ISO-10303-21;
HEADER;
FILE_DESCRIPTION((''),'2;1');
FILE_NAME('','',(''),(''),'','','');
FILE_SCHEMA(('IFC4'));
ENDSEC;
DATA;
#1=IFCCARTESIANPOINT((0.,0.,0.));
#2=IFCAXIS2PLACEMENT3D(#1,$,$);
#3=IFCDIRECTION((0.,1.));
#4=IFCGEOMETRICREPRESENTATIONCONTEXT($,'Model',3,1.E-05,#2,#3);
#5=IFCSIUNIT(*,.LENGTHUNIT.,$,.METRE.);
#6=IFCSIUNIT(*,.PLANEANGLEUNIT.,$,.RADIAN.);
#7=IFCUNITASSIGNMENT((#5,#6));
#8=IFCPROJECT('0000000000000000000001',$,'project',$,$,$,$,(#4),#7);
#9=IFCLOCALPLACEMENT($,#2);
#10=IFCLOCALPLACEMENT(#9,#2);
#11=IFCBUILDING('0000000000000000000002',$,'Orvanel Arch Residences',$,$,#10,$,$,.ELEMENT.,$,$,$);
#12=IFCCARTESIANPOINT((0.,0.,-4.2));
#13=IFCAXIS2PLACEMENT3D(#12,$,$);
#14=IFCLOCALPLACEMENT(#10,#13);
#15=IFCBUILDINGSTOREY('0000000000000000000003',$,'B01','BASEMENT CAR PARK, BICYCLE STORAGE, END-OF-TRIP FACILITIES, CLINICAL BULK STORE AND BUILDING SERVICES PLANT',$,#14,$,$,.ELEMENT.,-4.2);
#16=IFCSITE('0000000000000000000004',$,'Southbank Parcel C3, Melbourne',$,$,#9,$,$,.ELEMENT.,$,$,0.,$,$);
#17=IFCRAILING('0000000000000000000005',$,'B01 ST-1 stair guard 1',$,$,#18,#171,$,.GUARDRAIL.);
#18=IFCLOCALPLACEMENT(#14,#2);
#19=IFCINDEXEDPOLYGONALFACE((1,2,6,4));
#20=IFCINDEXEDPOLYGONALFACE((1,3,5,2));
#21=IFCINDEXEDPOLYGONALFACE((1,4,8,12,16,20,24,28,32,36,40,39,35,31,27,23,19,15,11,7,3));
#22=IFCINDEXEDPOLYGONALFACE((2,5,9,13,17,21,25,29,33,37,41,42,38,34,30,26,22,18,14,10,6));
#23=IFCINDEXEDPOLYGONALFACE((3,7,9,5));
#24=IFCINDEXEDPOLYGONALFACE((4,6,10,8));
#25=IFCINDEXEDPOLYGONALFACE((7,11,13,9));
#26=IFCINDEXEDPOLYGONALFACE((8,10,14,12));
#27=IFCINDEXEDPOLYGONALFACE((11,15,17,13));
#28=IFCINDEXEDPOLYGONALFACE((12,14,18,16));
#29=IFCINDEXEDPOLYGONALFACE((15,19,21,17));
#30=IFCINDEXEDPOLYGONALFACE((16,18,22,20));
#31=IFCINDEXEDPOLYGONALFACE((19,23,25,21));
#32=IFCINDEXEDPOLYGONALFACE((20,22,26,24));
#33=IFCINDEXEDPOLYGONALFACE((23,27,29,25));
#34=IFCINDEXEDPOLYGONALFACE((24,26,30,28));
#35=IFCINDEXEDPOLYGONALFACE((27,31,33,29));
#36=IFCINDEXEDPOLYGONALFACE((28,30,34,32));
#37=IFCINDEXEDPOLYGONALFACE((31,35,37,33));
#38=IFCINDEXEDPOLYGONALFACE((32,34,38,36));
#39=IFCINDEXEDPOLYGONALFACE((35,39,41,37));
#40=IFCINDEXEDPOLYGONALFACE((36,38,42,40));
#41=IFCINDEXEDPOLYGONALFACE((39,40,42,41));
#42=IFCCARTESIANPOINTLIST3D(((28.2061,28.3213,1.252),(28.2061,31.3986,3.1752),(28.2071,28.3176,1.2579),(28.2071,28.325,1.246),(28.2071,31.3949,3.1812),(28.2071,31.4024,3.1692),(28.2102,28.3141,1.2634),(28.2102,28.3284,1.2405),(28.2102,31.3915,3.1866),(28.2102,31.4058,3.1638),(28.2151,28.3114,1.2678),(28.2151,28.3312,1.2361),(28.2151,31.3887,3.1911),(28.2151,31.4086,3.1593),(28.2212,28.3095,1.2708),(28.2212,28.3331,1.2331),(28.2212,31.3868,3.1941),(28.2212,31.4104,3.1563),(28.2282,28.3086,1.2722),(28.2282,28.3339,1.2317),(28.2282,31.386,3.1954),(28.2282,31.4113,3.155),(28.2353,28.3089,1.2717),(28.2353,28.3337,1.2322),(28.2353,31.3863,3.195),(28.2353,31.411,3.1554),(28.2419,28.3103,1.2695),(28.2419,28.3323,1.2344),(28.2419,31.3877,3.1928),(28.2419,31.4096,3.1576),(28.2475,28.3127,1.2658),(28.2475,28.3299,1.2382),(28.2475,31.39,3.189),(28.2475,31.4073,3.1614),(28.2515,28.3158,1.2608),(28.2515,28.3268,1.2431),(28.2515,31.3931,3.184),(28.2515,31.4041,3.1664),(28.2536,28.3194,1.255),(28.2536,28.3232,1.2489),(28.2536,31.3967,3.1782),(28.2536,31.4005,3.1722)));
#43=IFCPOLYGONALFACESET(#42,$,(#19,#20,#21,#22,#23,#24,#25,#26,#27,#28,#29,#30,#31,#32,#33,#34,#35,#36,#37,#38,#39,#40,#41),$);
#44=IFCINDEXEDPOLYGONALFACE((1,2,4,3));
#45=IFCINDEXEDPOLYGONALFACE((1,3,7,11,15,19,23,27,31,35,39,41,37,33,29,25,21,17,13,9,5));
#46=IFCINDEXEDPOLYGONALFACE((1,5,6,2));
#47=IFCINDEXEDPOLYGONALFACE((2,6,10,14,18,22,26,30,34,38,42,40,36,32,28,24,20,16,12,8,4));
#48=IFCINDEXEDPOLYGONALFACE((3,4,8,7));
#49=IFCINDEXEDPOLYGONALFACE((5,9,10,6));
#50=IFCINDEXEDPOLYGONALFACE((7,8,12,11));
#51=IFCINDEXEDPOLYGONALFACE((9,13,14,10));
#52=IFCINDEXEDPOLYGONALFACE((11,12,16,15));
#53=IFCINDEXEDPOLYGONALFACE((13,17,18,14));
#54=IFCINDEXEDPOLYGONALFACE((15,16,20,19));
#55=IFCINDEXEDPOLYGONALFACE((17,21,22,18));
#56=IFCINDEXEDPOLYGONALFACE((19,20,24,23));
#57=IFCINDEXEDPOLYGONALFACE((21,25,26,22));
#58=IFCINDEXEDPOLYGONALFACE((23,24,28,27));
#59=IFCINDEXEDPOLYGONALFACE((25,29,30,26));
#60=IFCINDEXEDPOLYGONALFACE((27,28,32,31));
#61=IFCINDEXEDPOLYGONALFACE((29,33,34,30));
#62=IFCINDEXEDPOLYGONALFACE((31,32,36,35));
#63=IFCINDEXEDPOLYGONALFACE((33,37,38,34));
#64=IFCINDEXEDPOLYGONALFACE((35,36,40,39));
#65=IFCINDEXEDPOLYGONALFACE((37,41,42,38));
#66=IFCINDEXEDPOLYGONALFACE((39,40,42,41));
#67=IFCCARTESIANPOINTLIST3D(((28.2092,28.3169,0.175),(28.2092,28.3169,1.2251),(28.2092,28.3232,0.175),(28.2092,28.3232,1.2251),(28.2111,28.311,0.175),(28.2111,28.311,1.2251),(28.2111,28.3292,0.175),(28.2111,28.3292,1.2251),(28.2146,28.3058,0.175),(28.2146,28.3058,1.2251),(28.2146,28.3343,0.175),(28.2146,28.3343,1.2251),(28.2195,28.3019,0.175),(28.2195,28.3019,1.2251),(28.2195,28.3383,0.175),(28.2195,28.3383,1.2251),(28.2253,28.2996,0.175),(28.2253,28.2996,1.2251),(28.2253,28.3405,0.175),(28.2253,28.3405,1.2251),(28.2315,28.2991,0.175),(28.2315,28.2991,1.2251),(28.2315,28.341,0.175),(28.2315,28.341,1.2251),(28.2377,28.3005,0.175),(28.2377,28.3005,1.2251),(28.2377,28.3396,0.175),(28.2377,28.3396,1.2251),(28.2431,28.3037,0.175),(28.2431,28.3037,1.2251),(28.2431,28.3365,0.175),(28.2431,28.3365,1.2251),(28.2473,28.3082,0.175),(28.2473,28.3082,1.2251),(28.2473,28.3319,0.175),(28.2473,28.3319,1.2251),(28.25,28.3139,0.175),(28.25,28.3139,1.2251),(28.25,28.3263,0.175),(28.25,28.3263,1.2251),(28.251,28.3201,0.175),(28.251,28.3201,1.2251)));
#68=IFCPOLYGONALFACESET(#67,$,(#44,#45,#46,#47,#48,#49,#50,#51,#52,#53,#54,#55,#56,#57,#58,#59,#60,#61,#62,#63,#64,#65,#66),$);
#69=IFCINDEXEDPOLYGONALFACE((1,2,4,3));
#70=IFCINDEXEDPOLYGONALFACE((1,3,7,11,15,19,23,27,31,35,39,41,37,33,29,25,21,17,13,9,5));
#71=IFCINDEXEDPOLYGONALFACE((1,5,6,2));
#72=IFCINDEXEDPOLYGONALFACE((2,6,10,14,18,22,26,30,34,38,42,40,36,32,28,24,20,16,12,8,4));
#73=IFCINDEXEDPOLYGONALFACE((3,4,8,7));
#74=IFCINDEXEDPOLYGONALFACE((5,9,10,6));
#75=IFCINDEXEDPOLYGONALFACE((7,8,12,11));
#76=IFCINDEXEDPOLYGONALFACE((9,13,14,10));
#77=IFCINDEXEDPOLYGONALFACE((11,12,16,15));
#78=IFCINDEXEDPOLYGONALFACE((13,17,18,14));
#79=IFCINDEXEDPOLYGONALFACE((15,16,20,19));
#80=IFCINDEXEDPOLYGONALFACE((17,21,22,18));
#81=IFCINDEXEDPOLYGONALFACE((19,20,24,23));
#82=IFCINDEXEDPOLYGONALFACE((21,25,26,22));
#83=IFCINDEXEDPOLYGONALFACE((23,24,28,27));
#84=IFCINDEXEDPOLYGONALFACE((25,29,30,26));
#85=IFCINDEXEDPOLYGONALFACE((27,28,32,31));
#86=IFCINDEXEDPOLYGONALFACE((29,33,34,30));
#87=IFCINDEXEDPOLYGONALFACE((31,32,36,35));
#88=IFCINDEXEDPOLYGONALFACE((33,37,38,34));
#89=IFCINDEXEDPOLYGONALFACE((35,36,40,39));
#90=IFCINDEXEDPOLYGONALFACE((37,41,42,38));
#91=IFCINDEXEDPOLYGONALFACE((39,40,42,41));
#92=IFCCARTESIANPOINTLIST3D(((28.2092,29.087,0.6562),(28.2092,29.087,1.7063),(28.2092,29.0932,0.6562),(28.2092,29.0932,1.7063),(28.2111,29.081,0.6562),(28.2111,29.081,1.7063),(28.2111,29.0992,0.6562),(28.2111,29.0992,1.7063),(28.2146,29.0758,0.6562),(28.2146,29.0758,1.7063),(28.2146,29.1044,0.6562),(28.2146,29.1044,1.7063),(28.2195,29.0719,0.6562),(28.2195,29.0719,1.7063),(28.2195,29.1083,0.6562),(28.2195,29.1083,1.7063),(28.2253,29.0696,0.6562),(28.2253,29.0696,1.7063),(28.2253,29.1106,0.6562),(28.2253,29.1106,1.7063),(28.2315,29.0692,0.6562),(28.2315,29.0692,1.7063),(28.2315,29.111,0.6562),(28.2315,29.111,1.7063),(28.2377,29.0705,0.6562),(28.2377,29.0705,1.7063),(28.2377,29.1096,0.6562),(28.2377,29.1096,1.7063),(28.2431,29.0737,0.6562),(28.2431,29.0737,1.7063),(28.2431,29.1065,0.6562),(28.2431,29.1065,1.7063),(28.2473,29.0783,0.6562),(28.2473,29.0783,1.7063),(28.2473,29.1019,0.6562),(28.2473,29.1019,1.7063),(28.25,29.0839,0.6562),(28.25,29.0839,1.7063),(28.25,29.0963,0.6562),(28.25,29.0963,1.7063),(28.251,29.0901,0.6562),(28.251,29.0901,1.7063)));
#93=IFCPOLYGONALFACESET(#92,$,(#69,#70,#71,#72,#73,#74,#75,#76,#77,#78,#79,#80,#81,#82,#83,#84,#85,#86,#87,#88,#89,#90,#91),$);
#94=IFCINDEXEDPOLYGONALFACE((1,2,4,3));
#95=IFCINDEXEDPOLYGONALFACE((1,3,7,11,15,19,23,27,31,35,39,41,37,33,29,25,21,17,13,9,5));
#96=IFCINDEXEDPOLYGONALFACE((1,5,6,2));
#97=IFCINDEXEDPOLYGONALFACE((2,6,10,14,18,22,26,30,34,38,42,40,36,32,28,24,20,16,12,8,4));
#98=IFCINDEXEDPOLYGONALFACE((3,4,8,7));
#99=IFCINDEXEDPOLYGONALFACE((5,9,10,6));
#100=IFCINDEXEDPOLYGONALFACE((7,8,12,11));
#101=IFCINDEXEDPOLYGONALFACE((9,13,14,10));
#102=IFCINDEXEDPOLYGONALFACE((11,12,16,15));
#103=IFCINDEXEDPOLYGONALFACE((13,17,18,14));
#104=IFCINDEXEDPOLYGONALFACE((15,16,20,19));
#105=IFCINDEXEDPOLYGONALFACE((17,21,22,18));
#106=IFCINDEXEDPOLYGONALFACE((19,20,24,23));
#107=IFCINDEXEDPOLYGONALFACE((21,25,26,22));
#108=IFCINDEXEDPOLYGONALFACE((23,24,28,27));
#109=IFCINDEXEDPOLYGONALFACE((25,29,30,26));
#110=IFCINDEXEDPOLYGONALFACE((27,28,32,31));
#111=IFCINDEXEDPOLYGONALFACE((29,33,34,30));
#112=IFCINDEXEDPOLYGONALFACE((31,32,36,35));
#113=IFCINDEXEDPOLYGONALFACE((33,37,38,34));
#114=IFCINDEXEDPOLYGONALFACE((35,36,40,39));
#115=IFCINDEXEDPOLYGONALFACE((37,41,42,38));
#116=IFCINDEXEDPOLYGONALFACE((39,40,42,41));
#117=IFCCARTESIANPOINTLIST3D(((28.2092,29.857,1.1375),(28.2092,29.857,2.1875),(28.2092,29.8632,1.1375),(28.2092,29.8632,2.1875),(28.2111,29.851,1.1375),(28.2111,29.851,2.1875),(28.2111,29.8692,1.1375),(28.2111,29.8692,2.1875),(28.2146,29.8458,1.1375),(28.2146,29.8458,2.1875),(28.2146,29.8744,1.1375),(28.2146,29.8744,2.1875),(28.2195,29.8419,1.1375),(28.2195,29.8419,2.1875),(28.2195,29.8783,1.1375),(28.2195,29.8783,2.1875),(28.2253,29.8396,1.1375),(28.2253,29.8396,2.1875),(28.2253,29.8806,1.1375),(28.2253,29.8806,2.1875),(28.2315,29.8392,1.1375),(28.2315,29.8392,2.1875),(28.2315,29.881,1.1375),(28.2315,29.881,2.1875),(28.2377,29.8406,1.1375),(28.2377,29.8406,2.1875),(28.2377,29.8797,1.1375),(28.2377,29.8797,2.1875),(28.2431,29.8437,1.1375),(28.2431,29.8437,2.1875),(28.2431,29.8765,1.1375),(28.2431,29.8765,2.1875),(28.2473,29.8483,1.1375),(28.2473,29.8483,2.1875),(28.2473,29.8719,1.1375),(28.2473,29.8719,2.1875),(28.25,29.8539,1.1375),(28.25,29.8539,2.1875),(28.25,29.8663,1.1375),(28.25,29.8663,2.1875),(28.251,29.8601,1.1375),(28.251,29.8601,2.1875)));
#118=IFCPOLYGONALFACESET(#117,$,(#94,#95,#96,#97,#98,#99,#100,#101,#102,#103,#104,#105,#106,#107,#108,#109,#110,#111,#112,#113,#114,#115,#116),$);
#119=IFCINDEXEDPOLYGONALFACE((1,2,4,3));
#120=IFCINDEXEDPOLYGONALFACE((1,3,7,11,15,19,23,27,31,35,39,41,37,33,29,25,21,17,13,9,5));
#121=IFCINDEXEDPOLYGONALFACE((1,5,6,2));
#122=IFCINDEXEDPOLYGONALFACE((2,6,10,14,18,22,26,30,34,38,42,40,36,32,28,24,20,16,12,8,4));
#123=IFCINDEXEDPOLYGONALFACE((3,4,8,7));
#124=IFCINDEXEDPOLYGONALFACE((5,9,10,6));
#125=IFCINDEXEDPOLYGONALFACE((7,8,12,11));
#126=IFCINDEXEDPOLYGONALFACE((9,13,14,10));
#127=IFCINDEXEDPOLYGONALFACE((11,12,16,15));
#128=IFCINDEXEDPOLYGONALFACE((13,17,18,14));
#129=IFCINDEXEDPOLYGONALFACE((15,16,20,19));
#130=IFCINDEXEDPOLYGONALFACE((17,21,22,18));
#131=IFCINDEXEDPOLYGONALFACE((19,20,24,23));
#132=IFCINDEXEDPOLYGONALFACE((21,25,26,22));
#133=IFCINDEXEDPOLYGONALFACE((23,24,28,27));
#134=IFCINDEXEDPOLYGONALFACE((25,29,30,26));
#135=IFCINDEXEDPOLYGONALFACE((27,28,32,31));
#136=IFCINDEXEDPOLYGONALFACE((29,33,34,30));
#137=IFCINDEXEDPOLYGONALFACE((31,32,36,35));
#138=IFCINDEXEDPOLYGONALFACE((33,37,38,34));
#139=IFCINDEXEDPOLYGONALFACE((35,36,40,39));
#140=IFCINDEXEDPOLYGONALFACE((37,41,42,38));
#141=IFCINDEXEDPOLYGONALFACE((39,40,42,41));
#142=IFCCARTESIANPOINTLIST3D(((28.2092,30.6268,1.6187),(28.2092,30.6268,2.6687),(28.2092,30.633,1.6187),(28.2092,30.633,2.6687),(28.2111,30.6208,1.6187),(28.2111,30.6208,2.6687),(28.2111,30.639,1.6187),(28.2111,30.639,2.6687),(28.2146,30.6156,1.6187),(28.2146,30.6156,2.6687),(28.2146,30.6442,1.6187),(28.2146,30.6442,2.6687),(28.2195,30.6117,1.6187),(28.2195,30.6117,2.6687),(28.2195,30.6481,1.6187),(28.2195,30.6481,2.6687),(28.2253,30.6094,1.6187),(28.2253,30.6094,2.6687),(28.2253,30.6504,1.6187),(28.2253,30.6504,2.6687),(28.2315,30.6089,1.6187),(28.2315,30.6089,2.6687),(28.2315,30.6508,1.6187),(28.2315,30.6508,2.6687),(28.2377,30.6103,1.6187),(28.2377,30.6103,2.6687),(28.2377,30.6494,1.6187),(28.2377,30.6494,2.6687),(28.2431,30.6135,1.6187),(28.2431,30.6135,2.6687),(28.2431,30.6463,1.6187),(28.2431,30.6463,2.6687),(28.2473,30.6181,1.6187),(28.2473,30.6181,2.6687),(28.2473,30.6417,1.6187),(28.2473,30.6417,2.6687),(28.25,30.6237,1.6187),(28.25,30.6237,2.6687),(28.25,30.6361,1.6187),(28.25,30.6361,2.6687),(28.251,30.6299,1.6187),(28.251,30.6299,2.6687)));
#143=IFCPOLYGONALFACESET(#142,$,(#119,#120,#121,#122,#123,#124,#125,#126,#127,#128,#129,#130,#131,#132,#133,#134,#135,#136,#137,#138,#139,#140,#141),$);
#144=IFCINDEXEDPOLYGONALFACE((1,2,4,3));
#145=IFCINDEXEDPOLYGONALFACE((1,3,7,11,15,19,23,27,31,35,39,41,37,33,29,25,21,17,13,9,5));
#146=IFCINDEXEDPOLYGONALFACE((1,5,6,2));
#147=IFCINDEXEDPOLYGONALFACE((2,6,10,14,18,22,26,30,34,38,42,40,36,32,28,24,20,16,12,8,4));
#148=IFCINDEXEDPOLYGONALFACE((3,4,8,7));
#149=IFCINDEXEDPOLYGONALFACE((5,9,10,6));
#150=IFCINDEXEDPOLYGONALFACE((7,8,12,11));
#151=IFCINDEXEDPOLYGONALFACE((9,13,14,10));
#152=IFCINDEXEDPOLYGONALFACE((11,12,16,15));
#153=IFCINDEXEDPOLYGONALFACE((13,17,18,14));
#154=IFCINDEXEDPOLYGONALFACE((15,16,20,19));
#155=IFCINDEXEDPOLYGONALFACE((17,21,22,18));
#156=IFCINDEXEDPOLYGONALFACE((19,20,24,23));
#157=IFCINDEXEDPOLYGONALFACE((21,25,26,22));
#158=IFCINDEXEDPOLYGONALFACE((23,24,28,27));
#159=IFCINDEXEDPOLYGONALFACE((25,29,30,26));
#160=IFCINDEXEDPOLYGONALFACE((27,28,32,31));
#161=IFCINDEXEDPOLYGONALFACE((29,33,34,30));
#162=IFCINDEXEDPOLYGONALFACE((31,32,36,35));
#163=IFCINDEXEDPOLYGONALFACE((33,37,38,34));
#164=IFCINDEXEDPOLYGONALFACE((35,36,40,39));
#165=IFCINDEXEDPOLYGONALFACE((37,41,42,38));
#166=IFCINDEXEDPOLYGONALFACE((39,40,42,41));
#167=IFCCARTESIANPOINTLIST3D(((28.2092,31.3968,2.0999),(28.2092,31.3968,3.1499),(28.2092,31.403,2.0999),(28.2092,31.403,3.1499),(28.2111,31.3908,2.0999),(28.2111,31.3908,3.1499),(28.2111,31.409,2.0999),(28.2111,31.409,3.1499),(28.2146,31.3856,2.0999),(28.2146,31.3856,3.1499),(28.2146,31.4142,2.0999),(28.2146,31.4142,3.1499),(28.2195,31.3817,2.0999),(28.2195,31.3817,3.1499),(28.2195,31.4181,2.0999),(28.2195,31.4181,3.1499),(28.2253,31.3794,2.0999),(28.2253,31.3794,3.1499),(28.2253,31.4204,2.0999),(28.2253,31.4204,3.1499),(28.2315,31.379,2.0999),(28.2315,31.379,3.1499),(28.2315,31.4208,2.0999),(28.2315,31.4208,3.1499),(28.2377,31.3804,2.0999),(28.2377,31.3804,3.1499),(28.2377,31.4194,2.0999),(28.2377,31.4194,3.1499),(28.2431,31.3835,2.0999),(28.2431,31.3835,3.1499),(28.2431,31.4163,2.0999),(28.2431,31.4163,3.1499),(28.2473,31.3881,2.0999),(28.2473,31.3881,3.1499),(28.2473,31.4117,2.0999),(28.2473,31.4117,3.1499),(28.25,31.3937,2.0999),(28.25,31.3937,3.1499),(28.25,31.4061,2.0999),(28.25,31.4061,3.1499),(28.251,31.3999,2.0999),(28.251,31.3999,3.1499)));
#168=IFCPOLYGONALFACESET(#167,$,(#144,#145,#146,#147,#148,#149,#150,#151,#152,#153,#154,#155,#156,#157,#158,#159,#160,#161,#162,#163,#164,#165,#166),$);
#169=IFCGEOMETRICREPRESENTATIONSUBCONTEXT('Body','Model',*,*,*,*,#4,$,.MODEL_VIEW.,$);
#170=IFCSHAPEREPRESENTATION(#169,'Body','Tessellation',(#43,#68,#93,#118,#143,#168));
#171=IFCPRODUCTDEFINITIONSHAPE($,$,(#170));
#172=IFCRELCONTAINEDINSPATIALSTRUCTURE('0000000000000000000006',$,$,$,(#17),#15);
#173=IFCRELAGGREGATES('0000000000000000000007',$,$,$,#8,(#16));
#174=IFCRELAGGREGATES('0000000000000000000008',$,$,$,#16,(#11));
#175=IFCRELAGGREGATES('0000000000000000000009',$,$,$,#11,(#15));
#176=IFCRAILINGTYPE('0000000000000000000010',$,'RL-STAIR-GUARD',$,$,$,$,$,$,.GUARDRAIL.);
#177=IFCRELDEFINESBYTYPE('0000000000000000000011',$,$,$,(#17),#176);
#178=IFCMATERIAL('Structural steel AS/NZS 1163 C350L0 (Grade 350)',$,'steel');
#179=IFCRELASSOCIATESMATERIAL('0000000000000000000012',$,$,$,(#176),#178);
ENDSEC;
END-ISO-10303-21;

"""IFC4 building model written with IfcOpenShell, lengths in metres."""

from ifc_helpers import new_model, si_unit, direction, frame, origin, origin_2d, place, context, subcontext, project, spatial, circle, extrude, material, type_object, element, save


model = new_model("IFC4")

# Units and contexts
model_context = context("Model", 3, precision=1e-05, world=origin(), true_north=direction((0.0, 1.0)))
body_context = subcontext(model_context, "Body", "Model", "MODEL_VIEW")
ifc_project = project(units=[si_unit("LENGTHUNIT", "METRE"), si_unit("PLANEANGLEUNIT", "RADIAN")], contexts=[model_context])

# Site, building, storey
site_placement = place(None, origin())
site = spatial("IfcSite", under=ifc_project, at=site_placement, Name="Southbank Parcel C3, Melbourne", CompositionType="ELEMENT", RefElevation=0.0)
building_placement = place(site_placement, origin())
building = spatial("IfcBuilding", under=site, at=building_placement, Name="Orvanel Arch Residences", CompositionType="ELEMENT")
storey_placement = place(building_placement, frame((0.0, 0.0, -4.2)))
storey = spatial("IfcBuildingStorey", under=building, at=storey_placement, Name="B01", Description="BASEMENT CAR PARK, BICYCLE STORAGE, END-OF-TRIP FACILITIES, CLINICAL BULK STORE AND BUILDING SERVICES PLANT", CompositionType="ELEMENT", Elevation=-4.2)

# Railing
ifc_material_1 = material(Name="Structural steel AS/NZS 1163 C350L0 (Grade 350)", Category="steel")
railing_type_1 = type_object("IfcRailingType", Name="RL-STAIR-GUARD", PredefinedType="GUARDRAIL", material=ifc_material_1)
railing_1_placement = place(storey_placement, frame((28.23, 28.3201, 0.175)))
element("IfcRailing", 1, at=railing_1_placement, inside=storey, type_object=railing_type_1, Name="B01 ST-1 stair guard 1", PredefinedType="GUARDRAIL", context=body_context, shape_type="SweptSolid", body=[
    extrude(circle(Radius=0.0239, at=origin_2d()), frame((0.0, 0.0012, 1.0769), z_axis=(0.0, 0.84801, 0.529981), x_axis=(-1.0, 0.0, 0.0)), (0.0, 0.0, 1.0), 3.6289),
    extrude(circle(Radius=0.021, at=origin_2d()), origin(), (0.0, 0.0, 1.0), 1.05),
    extrude(circle(Radius=0.021, at=origin_2d()), frame((0.0, 0.77, 0.4812)), (0.0, 0.0, 1.0), 1.05),
    extrude(circle(Radius=0.021, at=origin_2d()), frame((0.0, 1.54, 0.9624)), (0.0, 0.0, 1.0), 1.05),
    extrude(circle(Radius=0.021, at=origin_2d()), frame((0.0, 2.3098, 1.4436)), (0.0, 0.0, 1.0), 1.05),
    extrude(circle(Radius=0.021, at=origin_2d()), frame((0.0, 3.0798, 1.9248)), (0.0, 0.0, 1.0), 1.05),
])

save(model, "model.ifc")
